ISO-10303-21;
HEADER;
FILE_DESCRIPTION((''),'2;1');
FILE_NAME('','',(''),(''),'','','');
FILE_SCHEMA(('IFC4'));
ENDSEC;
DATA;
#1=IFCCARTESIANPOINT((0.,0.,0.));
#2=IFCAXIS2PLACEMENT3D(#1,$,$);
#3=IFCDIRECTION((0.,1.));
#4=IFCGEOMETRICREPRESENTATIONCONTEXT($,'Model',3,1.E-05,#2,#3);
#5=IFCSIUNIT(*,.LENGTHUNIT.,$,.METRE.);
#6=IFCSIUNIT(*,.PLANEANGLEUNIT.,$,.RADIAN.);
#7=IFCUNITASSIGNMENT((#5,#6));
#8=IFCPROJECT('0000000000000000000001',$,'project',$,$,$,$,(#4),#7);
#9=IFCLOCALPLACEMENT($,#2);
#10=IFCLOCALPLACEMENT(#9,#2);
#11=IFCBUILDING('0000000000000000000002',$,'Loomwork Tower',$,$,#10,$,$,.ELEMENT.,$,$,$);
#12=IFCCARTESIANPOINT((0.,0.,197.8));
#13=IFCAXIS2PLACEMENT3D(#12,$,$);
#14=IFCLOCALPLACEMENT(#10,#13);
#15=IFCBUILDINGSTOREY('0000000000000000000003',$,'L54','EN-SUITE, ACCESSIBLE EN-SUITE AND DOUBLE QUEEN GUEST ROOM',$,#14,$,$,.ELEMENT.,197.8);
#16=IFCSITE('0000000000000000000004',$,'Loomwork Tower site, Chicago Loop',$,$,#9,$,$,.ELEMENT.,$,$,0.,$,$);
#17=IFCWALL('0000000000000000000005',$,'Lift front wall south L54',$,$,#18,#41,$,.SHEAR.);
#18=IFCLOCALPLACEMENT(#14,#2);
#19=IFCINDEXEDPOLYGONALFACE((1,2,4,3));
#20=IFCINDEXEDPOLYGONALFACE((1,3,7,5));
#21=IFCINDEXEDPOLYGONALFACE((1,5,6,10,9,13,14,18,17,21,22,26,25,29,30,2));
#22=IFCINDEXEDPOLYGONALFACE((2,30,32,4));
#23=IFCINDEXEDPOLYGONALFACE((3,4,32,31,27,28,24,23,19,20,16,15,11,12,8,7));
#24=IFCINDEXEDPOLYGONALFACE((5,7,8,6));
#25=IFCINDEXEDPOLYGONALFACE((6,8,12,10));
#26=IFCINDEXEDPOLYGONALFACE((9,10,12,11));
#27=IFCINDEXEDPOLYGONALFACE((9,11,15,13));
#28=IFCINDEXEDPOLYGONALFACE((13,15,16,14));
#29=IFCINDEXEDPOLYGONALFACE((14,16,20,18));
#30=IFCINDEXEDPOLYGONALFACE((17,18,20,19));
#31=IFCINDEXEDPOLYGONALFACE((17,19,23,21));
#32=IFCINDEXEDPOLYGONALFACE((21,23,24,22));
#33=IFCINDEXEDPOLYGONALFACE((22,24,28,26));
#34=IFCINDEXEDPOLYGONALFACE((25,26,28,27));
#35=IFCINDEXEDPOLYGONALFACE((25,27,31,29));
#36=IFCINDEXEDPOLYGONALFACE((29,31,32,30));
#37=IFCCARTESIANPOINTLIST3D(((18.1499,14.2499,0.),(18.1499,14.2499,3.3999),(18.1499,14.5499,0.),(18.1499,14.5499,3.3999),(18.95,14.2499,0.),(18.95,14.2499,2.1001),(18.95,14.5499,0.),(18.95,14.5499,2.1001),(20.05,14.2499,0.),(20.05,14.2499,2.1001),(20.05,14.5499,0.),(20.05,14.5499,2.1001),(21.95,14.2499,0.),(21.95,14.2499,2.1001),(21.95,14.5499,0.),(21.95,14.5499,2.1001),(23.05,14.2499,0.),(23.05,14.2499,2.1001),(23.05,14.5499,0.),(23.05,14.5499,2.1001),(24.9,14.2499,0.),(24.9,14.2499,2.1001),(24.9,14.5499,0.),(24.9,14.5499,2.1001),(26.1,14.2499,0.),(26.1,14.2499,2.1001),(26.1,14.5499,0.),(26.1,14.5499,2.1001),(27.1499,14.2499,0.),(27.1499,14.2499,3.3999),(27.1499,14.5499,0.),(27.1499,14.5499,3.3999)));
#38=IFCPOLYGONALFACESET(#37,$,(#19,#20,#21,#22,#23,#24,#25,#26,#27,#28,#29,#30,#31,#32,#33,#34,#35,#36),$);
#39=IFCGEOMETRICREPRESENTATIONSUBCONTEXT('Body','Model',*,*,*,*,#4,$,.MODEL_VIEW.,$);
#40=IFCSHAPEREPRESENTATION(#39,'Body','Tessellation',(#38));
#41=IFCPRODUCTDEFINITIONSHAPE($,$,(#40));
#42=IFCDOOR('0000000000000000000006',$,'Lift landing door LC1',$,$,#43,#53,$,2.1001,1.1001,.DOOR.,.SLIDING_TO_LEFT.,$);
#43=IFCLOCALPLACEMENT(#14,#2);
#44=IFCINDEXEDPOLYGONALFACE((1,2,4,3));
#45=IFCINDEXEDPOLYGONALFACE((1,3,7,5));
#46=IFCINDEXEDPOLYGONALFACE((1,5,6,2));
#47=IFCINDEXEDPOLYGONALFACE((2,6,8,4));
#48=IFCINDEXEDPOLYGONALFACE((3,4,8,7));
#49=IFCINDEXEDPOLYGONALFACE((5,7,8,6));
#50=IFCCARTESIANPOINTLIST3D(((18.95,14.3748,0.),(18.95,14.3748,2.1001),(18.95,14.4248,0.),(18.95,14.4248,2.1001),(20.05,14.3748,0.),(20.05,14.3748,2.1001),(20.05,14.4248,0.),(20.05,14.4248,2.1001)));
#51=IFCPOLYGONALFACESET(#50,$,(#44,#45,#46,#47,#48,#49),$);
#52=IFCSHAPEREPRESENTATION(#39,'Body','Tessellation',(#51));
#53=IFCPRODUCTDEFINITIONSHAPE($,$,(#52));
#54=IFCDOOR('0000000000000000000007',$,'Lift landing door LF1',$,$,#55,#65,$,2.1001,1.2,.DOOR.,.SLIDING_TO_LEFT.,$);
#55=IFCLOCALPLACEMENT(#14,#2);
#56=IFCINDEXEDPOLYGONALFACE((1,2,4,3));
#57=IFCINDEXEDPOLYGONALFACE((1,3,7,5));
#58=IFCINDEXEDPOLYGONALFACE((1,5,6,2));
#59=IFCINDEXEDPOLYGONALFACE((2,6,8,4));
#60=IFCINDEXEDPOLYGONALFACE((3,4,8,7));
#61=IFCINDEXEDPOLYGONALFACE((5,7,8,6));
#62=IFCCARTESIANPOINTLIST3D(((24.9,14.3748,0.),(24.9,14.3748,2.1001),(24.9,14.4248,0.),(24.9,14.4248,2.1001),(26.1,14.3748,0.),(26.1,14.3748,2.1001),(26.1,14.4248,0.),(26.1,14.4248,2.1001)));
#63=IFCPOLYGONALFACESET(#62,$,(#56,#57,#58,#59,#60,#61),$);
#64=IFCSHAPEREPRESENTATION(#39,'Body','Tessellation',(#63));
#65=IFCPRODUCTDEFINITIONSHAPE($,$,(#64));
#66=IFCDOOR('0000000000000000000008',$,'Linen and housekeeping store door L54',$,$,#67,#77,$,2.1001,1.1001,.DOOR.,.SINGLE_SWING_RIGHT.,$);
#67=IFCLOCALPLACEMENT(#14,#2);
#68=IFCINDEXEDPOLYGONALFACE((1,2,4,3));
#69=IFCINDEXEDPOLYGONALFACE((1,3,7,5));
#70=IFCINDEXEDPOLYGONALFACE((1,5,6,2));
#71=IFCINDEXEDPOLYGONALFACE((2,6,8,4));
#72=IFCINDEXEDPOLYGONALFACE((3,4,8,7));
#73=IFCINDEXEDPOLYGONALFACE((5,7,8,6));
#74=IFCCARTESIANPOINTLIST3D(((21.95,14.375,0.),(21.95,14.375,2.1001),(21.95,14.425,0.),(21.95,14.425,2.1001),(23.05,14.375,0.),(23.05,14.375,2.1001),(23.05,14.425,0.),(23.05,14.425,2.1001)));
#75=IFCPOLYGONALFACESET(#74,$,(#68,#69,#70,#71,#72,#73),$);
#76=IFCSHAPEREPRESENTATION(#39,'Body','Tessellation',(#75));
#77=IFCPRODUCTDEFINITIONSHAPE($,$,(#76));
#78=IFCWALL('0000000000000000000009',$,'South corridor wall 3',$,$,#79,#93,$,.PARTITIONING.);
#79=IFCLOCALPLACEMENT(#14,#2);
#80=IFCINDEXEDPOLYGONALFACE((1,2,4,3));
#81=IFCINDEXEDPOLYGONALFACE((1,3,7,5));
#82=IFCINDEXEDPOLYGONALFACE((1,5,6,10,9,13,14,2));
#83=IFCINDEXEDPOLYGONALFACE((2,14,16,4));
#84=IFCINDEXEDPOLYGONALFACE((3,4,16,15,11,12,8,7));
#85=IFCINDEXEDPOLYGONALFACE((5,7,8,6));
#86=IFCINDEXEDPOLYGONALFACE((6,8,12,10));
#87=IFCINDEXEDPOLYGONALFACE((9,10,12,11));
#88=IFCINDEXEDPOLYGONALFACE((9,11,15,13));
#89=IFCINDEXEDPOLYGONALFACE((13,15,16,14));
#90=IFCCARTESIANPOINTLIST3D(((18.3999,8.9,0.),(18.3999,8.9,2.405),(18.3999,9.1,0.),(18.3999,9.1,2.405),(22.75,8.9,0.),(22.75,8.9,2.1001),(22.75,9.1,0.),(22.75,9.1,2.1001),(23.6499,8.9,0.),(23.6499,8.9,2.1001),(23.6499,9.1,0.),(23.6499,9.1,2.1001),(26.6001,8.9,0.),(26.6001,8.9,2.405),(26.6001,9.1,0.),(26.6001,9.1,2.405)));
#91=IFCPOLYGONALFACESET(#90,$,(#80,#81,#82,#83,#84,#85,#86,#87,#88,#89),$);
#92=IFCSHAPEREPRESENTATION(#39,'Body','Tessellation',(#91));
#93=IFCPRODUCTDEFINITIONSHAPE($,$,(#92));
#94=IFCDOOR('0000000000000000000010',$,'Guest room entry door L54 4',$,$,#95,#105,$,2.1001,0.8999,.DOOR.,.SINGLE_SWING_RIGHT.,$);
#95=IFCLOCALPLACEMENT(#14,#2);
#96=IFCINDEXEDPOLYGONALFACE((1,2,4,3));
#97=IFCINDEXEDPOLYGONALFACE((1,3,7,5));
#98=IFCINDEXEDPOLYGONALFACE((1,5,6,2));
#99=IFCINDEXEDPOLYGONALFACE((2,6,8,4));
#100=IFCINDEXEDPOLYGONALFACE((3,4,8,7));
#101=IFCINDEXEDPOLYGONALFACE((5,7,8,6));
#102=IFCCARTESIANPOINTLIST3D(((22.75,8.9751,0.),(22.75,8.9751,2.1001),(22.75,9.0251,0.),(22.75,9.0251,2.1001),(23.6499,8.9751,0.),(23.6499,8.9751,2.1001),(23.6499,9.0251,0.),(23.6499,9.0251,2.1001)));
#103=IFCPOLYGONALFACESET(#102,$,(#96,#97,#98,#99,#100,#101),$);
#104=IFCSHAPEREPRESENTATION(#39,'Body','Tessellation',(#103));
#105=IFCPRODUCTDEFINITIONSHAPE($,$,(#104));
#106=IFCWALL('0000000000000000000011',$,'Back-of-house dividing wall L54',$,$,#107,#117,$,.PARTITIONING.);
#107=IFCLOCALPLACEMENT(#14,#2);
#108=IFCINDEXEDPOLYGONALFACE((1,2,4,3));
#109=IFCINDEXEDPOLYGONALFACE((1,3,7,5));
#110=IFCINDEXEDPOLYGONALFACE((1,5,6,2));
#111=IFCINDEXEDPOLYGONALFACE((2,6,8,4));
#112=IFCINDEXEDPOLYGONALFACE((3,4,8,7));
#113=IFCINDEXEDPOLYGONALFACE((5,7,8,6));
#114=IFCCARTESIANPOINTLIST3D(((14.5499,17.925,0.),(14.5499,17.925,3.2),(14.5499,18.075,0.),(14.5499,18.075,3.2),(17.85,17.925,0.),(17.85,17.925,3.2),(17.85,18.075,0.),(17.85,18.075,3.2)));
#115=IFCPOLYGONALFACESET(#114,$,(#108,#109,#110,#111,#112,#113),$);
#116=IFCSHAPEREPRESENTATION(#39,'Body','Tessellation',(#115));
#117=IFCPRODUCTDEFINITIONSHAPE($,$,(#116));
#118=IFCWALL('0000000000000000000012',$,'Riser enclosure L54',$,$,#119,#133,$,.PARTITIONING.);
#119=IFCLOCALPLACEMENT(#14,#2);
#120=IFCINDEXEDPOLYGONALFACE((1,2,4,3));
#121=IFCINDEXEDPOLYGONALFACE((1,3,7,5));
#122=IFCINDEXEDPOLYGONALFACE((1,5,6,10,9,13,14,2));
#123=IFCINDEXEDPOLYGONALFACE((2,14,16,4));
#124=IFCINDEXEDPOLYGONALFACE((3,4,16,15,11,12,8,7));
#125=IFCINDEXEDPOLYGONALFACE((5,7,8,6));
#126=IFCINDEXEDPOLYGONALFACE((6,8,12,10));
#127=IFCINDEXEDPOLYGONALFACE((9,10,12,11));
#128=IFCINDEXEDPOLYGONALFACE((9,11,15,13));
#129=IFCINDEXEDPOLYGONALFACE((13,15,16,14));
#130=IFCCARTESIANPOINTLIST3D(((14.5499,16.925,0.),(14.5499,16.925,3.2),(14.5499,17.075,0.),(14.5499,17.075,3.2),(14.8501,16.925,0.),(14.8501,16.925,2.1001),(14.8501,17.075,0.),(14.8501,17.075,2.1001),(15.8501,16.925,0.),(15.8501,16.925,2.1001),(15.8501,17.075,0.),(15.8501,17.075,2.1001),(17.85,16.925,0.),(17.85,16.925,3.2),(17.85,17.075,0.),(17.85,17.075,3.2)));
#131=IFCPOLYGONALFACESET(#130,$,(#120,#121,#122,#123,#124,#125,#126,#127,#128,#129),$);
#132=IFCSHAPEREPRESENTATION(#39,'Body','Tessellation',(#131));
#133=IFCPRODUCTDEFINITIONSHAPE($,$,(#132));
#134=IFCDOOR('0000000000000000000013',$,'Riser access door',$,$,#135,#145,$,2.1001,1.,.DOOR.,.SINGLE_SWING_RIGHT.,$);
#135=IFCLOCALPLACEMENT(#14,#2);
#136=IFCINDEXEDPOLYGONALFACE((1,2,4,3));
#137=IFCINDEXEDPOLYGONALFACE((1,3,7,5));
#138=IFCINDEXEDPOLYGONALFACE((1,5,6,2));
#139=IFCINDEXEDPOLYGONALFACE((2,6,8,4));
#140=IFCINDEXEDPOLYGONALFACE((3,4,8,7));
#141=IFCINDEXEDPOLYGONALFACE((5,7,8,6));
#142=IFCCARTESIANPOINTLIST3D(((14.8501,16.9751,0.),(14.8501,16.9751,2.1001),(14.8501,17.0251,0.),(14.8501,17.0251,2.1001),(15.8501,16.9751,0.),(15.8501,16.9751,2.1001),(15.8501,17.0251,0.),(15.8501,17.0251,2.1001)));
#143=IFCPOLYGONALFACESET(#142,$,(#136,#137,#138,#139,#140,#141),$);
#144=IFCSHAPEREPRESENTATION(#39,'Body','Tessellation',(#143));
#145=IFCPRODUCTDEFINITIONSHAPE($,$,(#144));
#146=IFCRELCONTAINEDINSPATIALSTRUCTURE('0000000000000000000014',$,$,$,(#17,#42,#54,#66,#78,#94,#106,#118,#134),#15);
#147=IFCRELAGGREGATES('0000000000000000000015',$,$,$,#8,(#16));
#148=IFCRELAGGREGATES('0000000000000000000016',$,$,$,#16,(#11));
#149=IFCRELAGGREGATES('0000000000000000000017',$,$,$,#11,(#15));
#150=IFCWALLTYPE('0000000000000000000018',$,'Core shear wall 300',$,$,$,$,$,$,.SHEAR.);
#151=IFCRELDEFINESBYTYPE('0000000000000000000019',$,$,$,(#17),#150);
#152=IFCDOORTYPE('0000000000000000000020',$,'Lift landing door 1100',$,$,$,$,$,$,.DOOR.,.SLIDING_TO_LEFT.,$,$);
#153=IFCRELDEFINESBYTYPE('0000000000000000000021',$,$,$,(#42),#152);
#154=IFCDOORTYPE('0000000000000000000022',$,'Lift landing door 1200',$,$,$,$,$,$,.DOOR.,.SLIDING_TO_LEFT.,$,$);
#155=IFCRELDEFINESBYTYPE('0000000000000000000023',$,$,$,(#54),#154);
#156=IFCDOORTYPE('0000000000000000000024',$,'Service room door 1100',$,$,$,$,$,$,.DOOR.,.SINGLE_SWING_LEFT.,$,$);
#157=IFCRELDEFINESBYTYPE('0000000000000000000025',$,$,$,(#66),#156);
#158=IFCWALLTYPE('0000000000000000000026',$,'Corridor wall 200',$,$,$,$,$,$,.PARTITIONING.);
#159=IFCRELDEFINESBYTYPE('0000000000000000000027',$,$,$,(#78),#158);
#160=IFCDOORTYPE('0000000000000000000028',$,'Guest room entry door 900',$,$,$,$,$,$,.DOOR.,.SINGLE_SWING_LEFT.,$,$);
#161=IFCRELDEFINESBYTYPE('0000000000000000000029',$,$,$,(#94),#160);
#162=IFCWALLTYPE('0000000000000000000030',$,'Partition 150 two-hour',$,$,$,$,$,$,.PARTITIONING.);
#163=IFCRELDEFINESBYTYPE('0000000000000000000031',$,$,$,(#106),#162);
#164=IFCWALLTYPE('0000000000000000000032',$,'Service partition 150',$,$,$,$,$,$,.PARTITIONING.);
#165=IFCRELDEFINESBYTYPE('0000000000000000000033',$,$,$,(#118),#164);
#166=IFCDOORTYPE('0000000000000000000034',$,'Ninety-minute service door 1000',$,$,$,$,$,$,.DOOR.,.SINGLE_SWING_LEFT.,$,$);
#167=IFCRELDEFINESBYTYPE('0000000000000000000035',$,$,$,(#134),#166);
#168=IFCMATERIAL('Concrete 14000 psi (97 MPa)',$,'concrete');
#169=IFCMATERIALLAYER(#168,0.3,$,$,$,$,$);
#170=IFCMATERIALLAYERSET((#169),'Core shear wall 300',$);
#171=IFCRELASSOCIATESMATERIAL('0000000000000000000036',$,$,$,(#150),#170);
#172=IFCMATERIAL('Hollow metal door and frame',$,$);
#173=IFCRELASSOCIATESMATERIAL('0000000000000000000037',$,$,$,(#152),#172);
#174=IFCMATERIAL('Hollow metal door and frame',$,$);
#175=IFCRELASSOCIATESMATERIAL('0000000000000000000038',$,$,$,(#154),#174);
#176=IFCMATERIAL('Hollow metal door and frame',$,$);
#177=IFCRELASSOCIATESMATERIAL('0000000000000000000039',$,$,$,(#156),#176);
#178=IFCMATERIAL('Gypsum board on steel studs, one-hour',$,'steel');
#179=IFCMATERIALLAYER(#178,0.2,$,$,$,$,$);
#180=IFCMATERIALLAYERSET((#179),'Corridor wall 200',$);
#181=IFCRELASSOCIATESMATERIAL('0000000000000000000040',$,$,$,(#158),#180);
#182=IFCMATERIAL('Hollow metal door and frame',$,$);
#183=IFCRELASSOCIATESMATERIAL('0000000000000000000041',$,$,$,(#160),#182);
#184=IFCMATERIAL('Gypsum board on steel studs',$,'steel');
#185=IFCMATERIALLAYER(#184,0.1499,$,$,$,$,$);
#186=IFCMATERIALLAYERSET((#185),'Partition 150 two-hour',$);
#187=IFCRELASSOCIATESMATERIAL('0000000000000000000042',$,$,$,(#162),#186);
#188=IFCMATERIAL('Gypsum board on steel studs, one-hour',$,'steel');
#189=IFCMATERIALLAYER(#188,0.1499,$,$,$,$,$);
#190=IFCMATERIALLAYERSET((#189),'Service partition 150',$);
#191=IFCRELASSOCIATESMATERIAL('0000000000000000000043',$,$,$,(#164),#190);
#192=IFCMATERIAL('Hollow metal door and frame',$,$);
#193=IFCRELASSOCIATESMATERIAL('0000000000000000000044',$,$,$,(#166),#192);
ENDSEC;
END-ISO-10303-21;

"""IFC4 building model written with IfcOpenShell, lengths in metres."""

from ifc_helpers import new_model, si_unit, direction, frame, frame_2d, origin, place, context, subcontext, project, spatial, rectangle, extrude, material, layer, layer_set, type_object, element, fill, save


model = new_model("IFC4")

# Units and contexts
model_context = context("Model", 3, precision=1e-05, world=origin(), true_north=direction((0.0, 1.0)))
body_context = subcontext(model_context, "Body", "Model", "MODEL_VIEW")
ifc_project = project(units=[si_unit("LENGTHUNIT", "METRE"), si_unit("PLANEANGLEUNIT", "RADIAN")], contexts=[model_context])

# Site, building, storey
site_placement = place(None, origin())
site = spatial("IfcSite", under=ifc_project, at=site_placement, Name="Loomwork Tower site, Chicago Loop", CompositionType="ELEMENT", RefElevation=0.0)
building_placement = place(site_placement, origin())
building = spatial("IfcBuilding", under=site, at=building_placement, Name="Loomwork Tower", CompositionType="ELEMENT")
storey_placement = place(building_placement, frame((0.0, 0.0, 197.8)))
storey = spatial("IfcBuildingStorey", under=building, at=storey_placement, Name="L54", Description="EN-SUITE, ACCESSIBLE EN-SUITE AND DOUBLE QUEEN GUEST ROOM", CompositionType="ELEMENT", Elevation=197.8)

# Shared definitions
ifc_material_1 = material(Name="Concrete 14000 psi (97 MPa)", Category="concrete")
ifc_layer_1 = layer(ifc_material_1, 0.3)
ifc_layer_set_1 = layer_set([ifc_layer_1], Name="Core shear wall 300")
wall_type_1 = type_object("IfcWallType", Name="Core shear wall 300", PredefinedType="SHEAR", material=ifc_layer_set_1)

# Wall, openings, doors
ifc_material_2 = material(Name="Hollow metal door and frame")
door_type_1 = type_object("IfcDoorType", Name="Lift landing door 1100", OperationType="SLIDING_TO_LEFT", PredefinedType="DOOR", material=ifc_material_2)
wall_1_placement = place(storey_placement, frame((18.1499, 14.3999, 0.0), z_axis=(0.0, 0.0, 1.0), x_axis=(1.0, 0.0, 0.0)))
wall_1 = element("IfcWall", 1, at=wall_1_placement, inside=storey, type_object=wall_type_1, Name="Lift front wall south L54", PredefinedType="SHEAR", context=body_context, shape_type="SweptSolid", body=[
    extrude(rectangle(XDim=9.0, YDim=0.3, at=frame_2d((4.5, 0.0))), origin(), (0.0, 0.0, 1.0), 3.3999),
])
opening_1_placement = place(wall_1_placement, frame((0.8, 0.0, 0.0)))
opening_1 = element("IfcOpeningElement", 2, at=opening_1_placement, cuts=wall_1, PredefinedType="OPENING", context=body_context, shape_type="SweptSolid", body=[
    extrude(rectangle(XDim=1.1001, YDim=2.1001, at=frame_2d((0.55, 1.05))), frame((0.0, 0.1599, 0.0), z_axis=(0.0, -1.0, 0.0), x_axis=(1.0, 0.0, 0.0)), (0.0, 0.0, 1.0), 0.3201),
])
opening_2_placement = place(wall_1_placement, frame((6.75, 0.0, 0.0)))
opening_2 = element("IfcOpeningElement", 3, at=opening_2_placement, cuts=wall_1, PredefinedType="OPENING", context=body_context, shape_type="SweptSolid", body=[
    extrude(rectangle(XDim=1.2, YDim=2.1001, at=frame_2d((0.6001, 1.05))), frame((0.0, 0.1599, 0.0), z_axis=(0.0, -1.0, 0.0), x_axis=(1.0, 0.0, 0.0)), (0.0, 0.0, 1.0), 0.3201),
])
opening_3_placement = place(wall_1_placement, frame((3.8, 0.0, 0.0)))
opening_3 = element("IfcOpeningElement", 4, at=opening_3_placement, cuts=wall_1, PredefinedType="OPENING", context=body_context, shape_type="SweptSolid", body=[
    extrude(rectangle(XDim=1.1001, YDim=2.1001, at=frame_2d((0.55, 1.05))), frame((0.0, 0.1599, 0.0), z_axis=(0.0, -1.0, 0.0), x_axis=(1.0, 0.0, 0.0)), (0.0, 0.0, 1.0), 0.3201),
])
door_1_placement = place(opening_1_placement, origin())
door_1 = element("IfcDoor", 5, at=door_1_placement, inside=storey, type_object=door_type_1, Name="Lift landing door LC1", OperationType="SLIDING_TO_LEFT", OverallHeight=2.1001, OverallWidth=1.1001, PredefinedType="DOOR", context=body_context, shape_type="SweptSolid", body=[
    extrude(rectangle(XDim=1.1001, YDim=2.1001, at=frame_2d((0.55, 1.05))), frame((0.0, 0.0249, 0.0), z_axis=(0.0, -1.0, 0.0), x_axis=(1.0, 0.0, 0.0)), (0.0, 0.0, 1.0), 0.05),
])
fill(opening_1, door_1)
ifc_material_3 = material(Name="Hollow metal door and frame")
door_type_2 = type_object("IfcDoorType", Name="Lift landing door 1200", OperationType="SLIDING_TO_LEFT", PredefinedType="DOOR", material=ifc_material_3)
door_2_placement = place(opening_2_placement, origin())
door_2 = element("IfcDoor", 6, at=door_2_placement, inside=storey, type_object=door_type_2, Name="Lift landing door LF1", OperationType="SLIDING_TO_LEFT", OverallHeight=2.1001, OverallWidth=1.2, PredefinedType="DOOR", context=body_context, shape_type="SweptSolid", body=[
    extrude(rectangle(XDim=1.2, YDim=2.1001, at=frame_2d((0.6001, 1.05))), frame((0.0, 0.0249, 0.0), z_axis=(0.0, -1.0, 0.0), x_axis=(1.0, 0.0, 0.0)), (0.0, 0.0, 1.0), 0.05),
])
fill(opening_2, door_2)
ifc_material_4 = material(Name="Hollow metal door and frame")
door_type_3 = type_object("IfcDoorType", Name="Service room door 1100", OperationType="SINGLE_SWING_LEFT", PredefinedType="DOOR", material=ifc_material_4)
door_3_placement = place(opening_3_placement, frame((1.1001, 0.0, 0.0), z_axis=(0.0, 0.0, 1.0), x_axis=(-1.0, 0.0, 0.0)))
door_3 = element("IfcDoor", 7, at=door_3_placement, inside=storey, type_object=door_type_3, Name="Linen and housekeeping store door L54", OperationType="SINGLE_SWING_RIGHT", OverallHeight=2.1001, OverallWidth=1.1001, PredefinedType="DOOR", context=body_context, shape_type="SweptSolid", body=[
    extrude(rectangle(XDim=1.1001, YDim=2.1001, at=frame_2d((0.55, 1.05))), frame((0.0, 0.0249, 0.0), z_axis=(0.0, -1.0, 0.0), x_axis=(1.0, 0.0, 0.0)), (0.0, 0.0, 1.0), 0.05),
])
fill(opening_3, door_3)

# Wall, opening, door
ifc_material_5 = material(Name="Gypsum board on steel studs, one-hour", Category="steel")
ifc_layer_2 = layer(ifc_material_5, 0.2)
ifc_layer_set_2 = layer_set([ifc_layer_2], Name="Corridor wall 200")
wall_type_2 = type_object("IfcWallType", Name="Corridor wall 200", PredefinedType="PARTITIONING", material=ifc_layer_set_2)
wall_2_placement = place(storey_placement, frame((18.3999, 9.0, 0.0), z_axis=(0.0, 0.0, 1.0), x_axis=(1.0, 0.0, 0.0)))
wall_2 = element("IfcWall", 8, at=wall_2_placement, inside=storey, type_object=wall_type_2, Name="South corridor wall 3", PredefinedType="PARTITIONING", context=body_context, shape_type="SweptSolid", body=[
    extrude(rectangle(XDim=8.2002, YDim=0.2, at=frame_2d((4.1001, 0.0))), origin(), (0.0, 0.0, 1.0), 2.405),
])
opening_4_placement = place(wall_2_placement, frame((4.3501, 0.0, 0.0)))
opening_4 = element("IfcOpeningElement", 9, at=opening_4_placement, cuts=wall_2, PredefinedType="OPENING", context=body_context, shape_type="SweptSolid", body=[
    extrude(rectangle(XDim=0.8999, YDim=2.1001, at=frame_2d((0.45, 1.05))), frame((0.0, 0.1099, 0.0), z_axis=(0.0, -1.0, 0.0), x_axis=(1.0, 0.0, 0.0)), (0.0, 0.0, 1.0), 0.22),
])
ifc_material_6 = material(Name="Hollow metal door and frame")
door_type_4 = type_object("IfcDoorType", Name="Guest room entry door 900", OperationType="SINGLE_SWING_LEFT", PredefinedType="DOOR", material=ifc_material_6)
door_4_placement = place(opening_4_placement, frame((0.8999, 0.0, 0.0), z_axis=(0.0, 0.0, 1.0), x_axis=(-1.0, 0.0, 0.0)))
door_4 = element("IfcDoor", 10, at=door_4_placement, inside=storey, type_object=door_type_4, Name="Guest room entry door L54 4", OperationType="SINGLE_SWING_RIGHT", OverallHeight=2.1001, OverallWidth=0.8999, PredefinedType="DOOR", context=body_context, shape_type="SweptSolid", body=[
    extrude(rectangle(XDim=0.8999, YDim=2.1001, at=frame_2d((0.45, 1.05))), frame((0.0, 0.0249, 0.0), z_axis=(0.0, -1.0, 0.0), x_axis=(1.0, 0.0, 0.0)), (0.0, 0.0, 1.0), 0.05),
])
fill(opening_4, door_4)

# Wall
ifc_material_7 = material(Name="Gypsum board on steel studs", Category="steel")
ifc_layer_3 = layer(ifc_material_7, 0.1499)
ifc_layer_set_3 = layer_set([ifc_layer_3], Name="Partition 150 two-hour")
wall_type_3 = type_object("IfcWallType", Name="Partition 150 two-hour", PredefinedType="PARTITIONING", material=ifc_layer_set_3)
wall_3_placement = place(storey_placement, frame((14.55, 18.0, 0.0), z_axis=(0.0, 0.0, 1.0), x_axis=(1.0, 0.0, 0.0)))
element("IfcWall", 11, at=wall_3_placement, inside=storey, type_object=wall_type_3, Name="Back-of-house dividing wall L54", PredefinedType="PARTITIONING", context=body_context, shape_type="SweptSolid", body=[
    extrude(rectangle(XDim=3.3, YDim=0.1499, at=frame_2d((1.6499, 0.0))), origin(), (0.0, 0.0, 1.0), 3.2),
])

# Wall, opening, door
ifc_material_8 = material(Name="Gypsum board on steel studs, one-hour", Category="steel")
ifc_layer_4 = layer(ifc_material_8, 0.1499)
ifc_layer_set_4 = layer_set([ifc_layer_4], Name="Service partition 150")
wall_type_4 = type_object("IfcWallType", Name="Service partition 150", PredefinedType="PARTITIONING", material=ifc_layer_set_4)
wall_4_placement = place(storey_placement, frame((14.55, 17.0, 0.0), z_axis=(0.0, 0.0, 1.0), x_axis=(1.0, 0.0, 0.0)))
wall_4 = element("IfcWall", 12, at=wall_4_placement, inside=storey, type_object=wall_type_4, Name="Riser enclosure L54", PredefinedType="PARTITIONING", context=body_context, shape_type="SweptSolid", body=[
    extrude(rectangle(XDim=3.3, YDim=0.1499, at=frame_2d((1.6499, 0.0))), origin(), (0.0, 0.0, 1.0), 3.2),
])
opening_5_placement = place(wall_4_placement, frame((0.3, 0.0, 0.0)))
opening_5 = element("IfcOpeningElement", 13, at=opening_5_placement, cuts=wall_4, PredefinedType="OPENING", context=body_context, shape_type="SweptSolid", body=[
    extrude(rectangle(XDim=1.0, YDim=2.1001, at=frame_2d((0.5, 1.05))), frame((0.0, 0.085, 0.0), z_axis=(0.0, -1.0, 0.0), x_axis=(1.0, 0.0, 0.0)), (0.0, 0.0, 1.0), 0.1699),
])
ifc_material_9 = material(Name="Hollow metal door and frame")
door_type_5 = type_object("IfcDoorType", Name="Ninety-minute service door 1000", OperationType="SINGLE_SWING_LEFT", PredefinedType="DOOR", material=ifc_material_9)
door_5_placement = place(opening_5_placement, frame((1.0, 0.0, 0.0), z_axis=(0.0, 0.0, 1.0), x_axis=(-1.0, 0.0, 0.0)))
door_5 = element("IfcDoor", 14, at=door_5_placement, inside=storey, type_object=door_type_5, Name="Riser access door", OperationType="SINGLE_SWING_RIGHT", OverallHeight=2.1001, OverallWidth=1.0, PredefinedType="DOOR", context=body_context, shape_type="SweptSolid", body=[
    extrude(rectangle(XDim=1.0, YDim=2.1001, at=frame_2d((0.5, 1.05))), frame((0.0, 0.0249, 0.0), z_axis=(0.0, -1.0, 0.0), x_axis=(1.0, 0.0, 0.0)), (0.0, 0.0, 1.0), 0.05),
])
fill(opening_5, door_5)

save(model, "model.ifc")
